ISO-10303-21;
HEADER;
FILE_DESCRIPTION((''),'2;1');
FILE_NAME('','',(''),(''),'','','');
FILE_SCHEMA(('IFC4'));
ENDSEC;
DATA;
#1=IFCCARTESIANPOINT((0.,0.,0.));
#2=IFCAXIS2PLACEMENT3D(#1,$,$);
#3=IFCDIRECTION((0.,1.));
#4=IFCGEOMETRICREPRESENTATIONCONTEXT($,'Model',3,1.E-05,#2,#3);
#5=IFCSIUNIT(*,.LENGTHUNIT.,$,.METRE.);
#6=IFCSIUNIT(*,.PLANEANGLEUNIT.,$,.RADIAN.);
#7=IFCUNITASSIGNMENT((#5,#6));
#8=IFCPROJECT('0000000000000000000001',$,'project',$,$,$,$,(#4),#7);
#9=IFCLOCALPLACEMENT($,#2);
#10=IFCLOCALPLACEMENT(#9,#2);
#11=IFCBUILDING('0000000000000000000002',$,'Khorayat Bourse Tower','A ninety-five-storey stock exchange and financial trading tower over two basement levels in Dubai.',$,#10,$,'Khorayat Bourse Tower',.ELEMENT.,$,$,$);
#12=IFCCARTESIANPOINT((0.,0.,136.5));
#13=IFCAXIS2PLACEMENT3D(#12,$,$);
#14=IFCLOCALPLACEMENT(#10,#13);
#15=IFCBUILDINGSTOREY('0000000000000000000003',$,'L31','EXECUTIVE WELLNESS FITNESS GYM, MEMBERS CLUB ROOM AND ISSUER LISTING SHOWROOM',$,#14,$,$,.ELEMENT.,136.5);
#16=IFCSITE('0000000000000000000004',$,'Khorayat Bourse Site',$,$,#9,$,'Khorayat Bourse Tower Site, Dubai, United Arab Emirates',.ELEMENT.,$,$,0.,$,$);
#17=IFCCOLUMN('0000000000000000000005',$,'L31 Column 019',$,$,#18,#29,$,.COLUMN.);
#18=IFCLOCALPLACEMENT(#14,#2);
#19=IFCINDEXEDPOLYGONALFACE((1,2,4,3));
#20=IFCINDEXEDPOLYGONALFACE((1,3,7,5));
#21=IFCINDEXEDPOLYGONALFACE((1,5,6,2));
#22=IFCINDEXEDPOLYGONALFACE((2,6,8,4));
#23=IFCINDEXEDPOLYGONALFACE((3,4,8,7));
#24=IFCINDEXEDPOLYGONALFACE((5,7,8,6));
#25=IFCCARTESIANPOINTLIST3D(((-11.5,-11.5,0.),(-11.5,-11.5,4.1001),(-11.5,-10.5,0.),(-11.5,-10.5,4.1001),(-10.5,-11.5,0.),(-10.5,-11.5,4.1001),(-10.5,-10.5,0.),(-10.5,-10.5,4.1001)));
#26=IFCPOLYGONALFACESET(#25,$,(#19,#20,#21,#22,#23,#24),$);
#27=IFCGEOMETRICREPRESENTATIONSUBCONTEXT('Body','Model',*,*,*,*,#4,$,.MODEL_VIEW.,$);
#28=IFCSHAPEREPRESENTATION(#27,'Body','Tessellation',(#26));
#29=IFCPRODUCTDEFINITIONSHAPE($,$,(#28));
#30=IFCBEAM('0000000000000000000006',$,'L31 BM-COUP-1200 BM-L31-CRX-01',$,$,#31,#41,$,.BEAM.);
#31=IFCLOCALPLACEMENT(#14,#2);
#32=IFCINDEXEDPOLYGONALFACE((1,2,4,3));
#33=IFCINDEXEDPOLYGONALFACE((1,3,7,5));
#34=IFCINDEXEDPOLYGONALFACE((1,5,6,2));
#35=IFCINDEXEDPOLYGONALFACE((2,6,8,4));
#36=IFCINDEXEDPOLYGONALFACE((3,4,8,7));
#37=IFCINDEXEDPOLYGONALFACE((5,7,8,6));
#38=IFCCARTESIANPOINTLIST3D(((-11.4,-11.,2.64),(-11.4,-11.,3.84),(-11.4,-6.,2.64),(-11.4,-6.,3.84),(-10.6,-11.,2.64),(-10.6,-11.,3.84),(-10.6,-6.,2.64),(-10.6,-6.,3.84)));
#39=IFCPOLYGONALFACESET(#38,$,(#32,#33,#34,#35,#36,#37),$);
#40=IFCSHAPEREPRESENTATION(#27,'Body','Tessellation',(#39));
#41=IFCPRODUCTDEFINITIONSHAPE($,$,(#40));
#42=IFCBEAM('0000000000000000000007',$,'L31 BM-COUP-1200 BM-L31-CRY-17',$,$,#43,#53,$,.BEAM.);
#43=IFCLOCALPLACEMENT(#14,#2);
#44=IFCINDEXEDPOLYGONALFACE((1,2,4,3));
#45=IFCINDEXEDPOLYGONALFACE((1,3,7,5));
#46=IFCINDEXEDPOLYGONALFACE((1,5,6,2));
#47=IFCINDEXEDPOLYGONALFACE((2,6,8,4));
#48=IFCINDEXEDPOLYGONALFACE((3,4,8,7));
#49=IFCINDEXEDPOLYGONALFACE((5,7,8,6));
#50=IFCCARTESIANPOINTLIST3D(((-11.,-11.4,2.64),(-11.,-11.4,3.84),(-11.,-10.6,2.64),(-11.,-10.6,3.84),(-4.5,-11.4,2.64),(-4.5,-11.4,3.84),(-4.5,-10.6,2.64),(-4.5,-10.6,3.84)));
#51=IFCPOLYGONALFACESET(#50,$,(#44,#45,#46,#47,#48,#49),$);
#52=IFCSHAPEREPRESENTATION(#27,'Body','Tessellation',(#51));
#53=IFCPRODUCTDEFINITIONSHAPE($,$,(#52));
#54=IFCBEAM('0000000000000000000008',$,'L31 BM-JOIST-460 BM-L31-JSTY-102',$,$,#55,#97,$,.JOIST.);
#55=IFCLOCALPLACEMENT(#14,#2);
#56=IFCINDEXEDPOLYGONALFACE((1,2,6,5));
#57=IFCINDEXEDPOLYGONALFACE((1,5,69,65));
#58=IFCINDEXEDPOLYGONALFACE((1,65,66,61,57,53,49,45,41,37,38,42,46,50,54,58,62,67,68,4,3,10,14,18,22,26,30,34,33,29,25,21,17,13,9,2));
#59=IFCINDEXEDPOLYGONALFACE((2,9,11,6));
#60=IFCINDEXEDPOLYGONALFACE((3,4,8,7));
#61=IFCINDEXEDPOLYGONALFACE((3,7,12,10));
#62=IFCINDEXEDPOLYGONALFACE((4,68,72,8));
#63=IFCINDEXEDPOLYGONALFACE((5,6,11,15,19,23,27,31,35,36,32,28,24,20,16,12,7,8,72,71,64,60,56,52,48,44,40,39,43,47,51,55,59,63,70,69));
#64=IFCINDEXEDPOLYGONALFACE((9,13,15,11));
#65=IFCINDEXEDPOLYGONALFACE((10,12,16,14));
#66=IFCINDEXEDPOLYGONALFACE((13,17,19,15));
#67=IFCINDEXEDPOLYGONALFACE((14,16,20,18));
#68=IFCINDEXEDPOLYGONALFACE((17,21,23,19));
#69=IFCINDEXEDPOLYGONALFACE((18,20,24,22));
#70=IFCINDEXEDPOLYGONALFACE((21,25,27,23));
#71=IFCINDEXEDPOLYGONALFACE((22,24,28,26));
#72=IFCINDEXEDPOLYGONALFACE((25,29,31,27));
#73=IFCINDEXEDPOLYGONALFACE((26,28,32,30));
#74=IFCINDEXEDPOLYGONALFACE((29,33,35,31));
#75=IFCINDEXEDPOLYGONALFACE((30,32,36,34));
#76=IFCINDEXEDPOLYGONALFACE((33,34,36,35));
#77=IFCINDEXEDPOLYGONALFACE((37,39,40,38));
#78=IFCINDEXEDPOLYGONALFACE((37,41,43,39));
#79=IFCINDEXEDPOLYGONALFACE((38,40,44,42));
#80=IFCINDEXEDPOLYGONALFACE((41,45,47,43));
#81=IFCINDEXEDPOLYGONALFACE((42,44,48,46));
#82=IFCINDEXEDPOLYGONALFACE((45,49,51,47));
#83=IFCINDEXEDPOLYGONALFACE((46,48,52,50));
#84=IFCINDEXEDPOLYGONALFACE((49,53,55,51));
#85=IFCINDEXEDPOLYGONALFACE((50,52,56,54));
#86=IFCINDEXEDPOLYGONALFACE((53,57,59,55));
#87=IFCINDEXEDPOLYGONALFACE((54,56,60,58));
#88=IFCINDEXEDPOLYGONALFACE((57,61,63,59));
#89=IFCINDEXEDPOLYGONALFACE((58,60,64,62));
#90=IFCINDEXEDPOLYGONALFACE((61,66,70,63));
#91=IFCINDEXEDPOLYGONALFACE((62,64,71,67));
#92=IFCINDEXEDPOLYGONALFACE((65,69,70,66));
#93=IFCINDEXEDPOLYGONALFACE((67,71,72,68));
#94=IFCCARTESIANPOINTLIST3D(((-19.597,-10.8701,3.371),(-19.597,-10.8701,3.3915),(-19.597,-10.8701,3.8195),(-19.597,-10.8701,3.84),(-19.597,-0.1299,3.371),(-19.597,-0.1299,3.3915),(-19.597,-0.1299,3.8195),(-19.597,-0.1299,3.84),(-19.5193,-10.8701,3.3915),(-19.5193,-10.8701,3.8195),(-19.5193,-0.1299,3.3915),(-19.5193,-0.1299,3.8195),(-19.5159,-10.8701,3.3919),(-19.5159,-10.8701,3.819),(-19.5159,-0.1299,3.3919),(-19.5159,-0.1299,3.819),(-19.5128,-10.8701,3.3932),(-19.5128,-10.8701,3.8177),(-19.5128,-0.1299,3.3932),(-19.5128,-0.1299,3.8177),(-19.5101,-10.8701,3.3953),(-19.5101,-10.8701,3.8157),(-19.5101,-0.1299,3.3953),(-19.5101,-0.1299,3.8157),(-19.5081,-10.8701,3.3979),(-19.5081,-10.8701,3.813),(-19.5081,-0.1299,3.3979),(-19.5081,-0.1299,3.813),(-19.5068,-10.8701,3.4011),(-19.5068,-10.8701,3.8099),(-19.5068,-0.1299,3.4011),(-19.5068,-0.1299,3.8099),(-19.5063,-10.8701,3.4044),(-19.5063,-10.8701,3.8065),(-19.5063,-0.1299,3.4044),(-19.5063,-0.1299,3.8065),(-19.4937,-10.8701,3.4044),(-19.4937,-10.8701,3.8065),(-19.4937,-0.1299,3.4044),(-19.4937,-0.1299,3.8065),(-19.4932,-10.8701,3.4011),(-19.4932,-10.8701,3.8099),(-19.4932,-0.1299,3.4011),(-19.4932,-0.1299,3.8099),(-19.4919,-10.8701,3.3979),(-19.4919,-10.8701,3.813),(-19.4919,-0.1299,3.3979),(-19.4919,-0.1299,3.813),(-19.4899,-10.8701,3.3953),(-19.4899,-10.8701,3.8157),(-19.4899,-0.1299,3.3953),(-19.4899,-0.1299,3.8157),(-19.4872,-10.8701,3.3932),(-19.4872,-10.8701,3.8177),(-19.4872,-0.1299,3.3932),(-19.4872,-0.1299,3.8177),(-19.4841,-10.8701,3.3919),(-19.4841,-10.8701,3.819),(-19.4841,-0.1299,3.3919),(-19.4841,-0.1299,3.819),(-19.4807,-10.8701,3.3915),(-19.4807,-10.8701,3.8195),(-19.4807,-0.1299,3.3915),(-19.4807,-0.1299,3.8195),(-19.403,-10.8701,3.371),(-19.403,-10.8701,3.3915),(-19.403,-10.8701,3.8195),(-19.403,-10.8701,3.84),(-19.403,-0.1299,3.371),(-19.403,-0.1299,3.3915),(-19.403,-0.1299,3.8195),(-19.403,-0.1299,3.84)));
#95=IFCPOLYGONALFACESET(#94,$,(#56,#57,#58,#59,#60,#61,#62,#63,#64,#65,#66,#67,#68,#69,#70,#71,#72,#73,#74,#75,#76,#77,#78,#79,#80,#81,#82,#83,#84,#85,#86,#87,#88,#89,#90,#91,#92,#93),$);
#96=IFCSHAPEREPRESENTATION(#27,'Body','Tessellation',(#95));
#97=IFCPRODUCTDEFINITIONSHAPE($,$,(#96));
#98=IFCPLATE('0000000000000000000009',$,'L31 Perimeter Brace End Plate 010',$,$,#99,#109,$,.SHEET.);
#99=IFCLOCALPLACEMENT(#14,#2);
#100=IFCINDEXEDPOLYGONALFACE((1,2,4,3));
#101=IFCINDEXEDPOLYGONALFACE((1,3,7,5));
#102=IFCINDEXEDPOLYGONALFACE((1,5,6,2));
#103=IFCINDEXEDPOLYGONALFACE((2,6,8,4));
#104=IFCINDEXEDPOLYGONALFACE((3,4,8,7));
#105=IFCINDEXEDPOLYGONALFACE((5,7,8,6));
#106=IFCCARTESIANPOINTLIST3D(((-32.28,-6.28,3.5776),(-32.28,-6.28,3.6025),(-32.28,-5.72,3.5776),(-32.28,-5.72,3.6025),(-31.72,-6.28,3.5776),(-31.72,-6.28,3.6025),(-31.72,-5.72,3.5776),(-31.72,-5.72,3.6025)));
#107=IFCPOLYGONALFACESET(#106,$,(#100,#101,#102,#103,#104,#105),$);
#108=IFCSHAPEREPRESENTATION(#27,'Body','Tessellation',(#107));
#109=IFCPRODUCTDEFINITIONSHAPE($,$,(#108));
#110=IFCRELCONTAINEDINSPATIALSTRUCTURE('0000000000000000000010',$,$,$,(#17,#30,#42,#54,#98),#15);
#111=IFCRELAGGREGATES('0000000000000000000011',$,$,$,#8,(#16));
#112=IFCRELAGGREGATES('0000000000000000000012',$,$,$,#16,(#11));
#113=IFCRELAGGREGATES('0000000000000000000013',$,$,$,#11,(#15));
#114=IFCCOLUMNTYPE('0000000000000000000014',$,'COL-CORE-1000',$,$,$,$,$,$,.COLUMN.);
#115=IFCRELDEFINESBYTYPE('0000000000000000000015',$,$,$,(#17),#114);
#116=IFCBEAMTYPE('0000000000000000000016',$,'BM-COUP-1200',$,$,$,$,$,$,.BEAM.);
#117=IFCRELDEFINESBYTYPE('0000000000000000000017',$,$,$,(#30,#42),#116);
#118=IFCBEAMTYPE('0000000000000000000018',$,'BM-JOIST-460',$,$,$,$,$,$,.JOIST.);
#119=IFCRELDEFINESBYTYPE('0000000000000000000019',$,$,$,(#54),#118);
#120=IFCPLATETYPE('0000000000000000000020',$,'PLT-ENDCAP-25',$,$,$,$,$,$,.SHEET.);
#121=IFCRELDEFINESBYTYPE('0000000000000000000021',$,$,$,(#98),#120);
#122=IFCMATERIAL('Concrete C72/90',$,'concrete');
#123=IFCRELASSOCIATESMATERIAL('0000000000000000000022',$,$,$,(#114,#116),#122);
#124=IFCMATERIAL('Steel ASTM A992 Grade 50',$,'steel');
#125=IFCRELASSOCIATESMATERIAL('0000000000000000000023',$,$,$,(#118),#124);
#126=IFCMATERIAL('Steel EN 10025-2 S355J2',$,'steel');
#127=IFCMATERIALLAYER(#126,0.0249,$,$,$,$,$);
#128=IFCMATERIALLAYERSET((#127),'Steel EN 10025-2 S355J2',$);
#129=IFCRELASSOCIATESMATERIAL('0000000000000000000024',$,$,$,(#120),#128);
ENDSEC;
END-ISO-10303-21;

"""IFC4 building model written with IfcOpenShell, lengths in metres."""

from ifc_helpers import new_model, si_unit, direction, frame, origin, origin_2d, place, context, subcontext, project, spatial, rectangle, i_section, extrude, source, transform, mapped, material, layer, layer_set, material_profile, profile_set, type_object, element, save


model = new_model("IFC4")

# Units and contexts
model_context = context("Model", 3, precision=1e-05, world=origin(), true_north=direction((0.0, 1.0)))
body_context = subcontext(model_context, "Body", "Model", "MODEL_VIEW")
ifc_project = project(units=[si_unit("LENGTHUNIT", "METRE"), si_unit("PLANEANGLEUNIT", "RADIAN")], contexts=[model_context])

# Site, building, storey
site_placement = place(None, origin())
site = spatial("IfcSite", under=ifc_project, at=site_placement, Name="Khorayat Bourse Site", LongName="Khorayat Bourse Tower Site, Dubai, United Arab Emirates", CompositionType="ELEMENT", RefElevation=0.0)
building_placement = place(site_placement, origin())
building = spatial("IfcBuilding", under=site, at=building_placement, Name="Khorayat Bourse Tower", Description="A ninety-five-storey stock exchange and financial trading tower over two basement levels in Dubai.", LongName="Khorayat Bourse Tower", CompositionType="ELEMENT")
storey_placement = place(building_placement, frame((0.0, 0.0, 136.5)))
storey = spatial("IfcBuildingStorey", under=building, at=storey_placement, Name="L31", Description="EXECUTIVE WELLNESS FITNESS GYM, MEMBERS CLUB ROOM AND ISSUER LISTING SHOWROOM", CompositionType="ELEMENT", Elevation=136.5)

# Column
ifc_material_1 = material(Name="Concrete C72/90", Category="concrete")
ifc_material_profile_1 = material_profile(ifc_material_1, rectangle(XDim=1.0, YDim=1.0, at=origin_2d()), Name="RC 1000x1000")
ifc_profile_set_1 = profile_set([ifc_material_profile_1], Name="Concrete C72/90")
column_type = type_object("IfcColumnType", Name="COL-CORE-1000", PredefinedType="COLUMN", material=ifc_profile_set_1)
shared_shape_1 = source(origin(), body_context, "Body", "SweptSolid", [
    extrude(rectangle(XDim=1.0, YDim=1.0, at=origin_2d()), origin(), (0.0, 0.0, 1.0), 4.1001),
])
column_placement = place(storey_placement, frame((-11.0, -11.0, 0.0), z_axis=(0.0, 0.0, 1.0), x_axis=(1.0, 0.0, 0.0)))
element("IfcColumn", 1, at=column_placement, inside=storey, type_object=column_type, Name="L31 Column 019", PredefinedType="COLUMN", context=body_context, shape_type="MappedRepresentation", body=[
    mapped(shared_shape_1, transform((0.0, 0.0, 0.0), scale=1.0)),
])

# Beams
ifc_material_profile_2 = material_profile(ifc_material_1, rectangle(XDim=0.8, YDim=1.2, at=origin_2d()), Name="RC 800x1200")
ifc_profile_set_2 = profile_set([ifc_material_profile_2], Name="Concrete C72/90")
beam_type_1 = type_object("IfcBeamType", Name="BM-COUP-1200", PredefinedType="BEAM", material=ifc_profile_set_2)
shared_shape_2 = source(origin(), body_context, "Body", "SweptSolid", [
    extrude(rectangle(XDim=0.8, YDim=1.2, at=origin_2d()), origin(), (0.0, 0.0, 1.0), 5.0),
])
beam_1_placement = place(storey_placement, frame((-11.0, -11.0, 3.24), z_axis=(0.0, 1.0, 0.0), x_axis=(-1.0, 0.0, 0.0)))
element("IfcBeam", 2, at=beam_1_placement, inside=storey, type_object=beam_type_1, Name="L31 BM-COUP-1200 BM-L31-CRX-01", PredefinedType="BEAM", context=body_context, shape_type="MappedRepresentation", body=[
    mapped(shared_shape_2, transform((0.0, 0.0, 0.0), scale=1.0)),
])
shared_shape_3 = source(origin(), body_context, "Body", "SweptSolid", [
    extrude(rectangle(XDim=0.8, YDim=1.2, at=origin_2d()), origin(), (0.0, 0.0, 1.0), 6.5),
])
beam_2_placement = place(storey_placement, frame((-11.0, -11.0, 3.24), z_axis=(1.0, 0.0, 0.0), x_axis=(0.0, 1.0, 0.0)))
element("IfcBeam", 3, at=beam_2_placement, inside=storey, type_object=beam_type_1, Name="L31 BM-COUP-1200 BM-L31-CRY-17", PredefinedType="BEAM", context=body_context, shape_type="MappedRepresentation", body=[
    mapped(shared_shape_3, transform((0.0, 0.0, 0.0), scale=1.0)),
])
ifc_material_2 = material(Name="Steel ASTM A992 Grade 50", Category="steel")
ifc_material_profile_3 = material_profile(ifc_material_2, i_section(OverallWidth=0.1941, OverallDepth=0.469, WebThickness=0.0127, FlangeThickness=0.0205, FilletRadius=0.0129, at=origin_2d()), Name="W460X106")
ifc_profile_set_3 = profile_set([ifc_material_profile_3], Name="Steel ASTM A992 Grade 50")
beam_type_2 = type_object("IfcBeamType", Name="BM-JOIST-460", PredefinedType="JOIST", material=ifc_profile_set_3)
shared_shape_4 = source(origin(), body_context, "Body", "SweptSolid", [
    extrude(i_section(OverallWidth=0.1941, OverallDepth=0.469, WebThickness=0.0127, FlangeThickness=0.0205, FilletRadius=0.0129, at=origin_2d()), origin(), (0.0, 0.0, 1.0), 10.7402),
])
beam_3_placement = place(storey_placement, frame((-19.5, -10.8701, 3.6055), z_axis=(0.0, 1.0, 0.0), x_axis=(-1.0, 0.0, 0.0)))
element("IfcBeam", 4, at=beam_3_placement, inside=storey, type_object=beam_type_2, Name="L31 BM-JOIST-460 BM-L31-JSTY-102", PredefinedType="JOIST", context=body_context, shape_type="MappedRepresentation", body=[
    mapped(shared_shape_4, transform((0.0, 0.0, 0.0), scale=1.0)),
])

# Plate
ifc_material_3 = material(Name="Steel EN 10025-2 S355J2", Category="steel")
ifc_layer_1 = layer(ifc_material_3, 0.0249)
ifc_layer_set_1 = layer_set([ifc_layer_1], Name="Steel EN 10025-2 S355J2")
plate_type = type_object("IfcPlateType", Name="PLT-ENDCAP-25", PredefinedType="SHEET", material=ifc_layer_set_1)
shared_shape_5 = source(origin(), body_context, "Body", "SweptSolid", [
    extrude(rectangle(XDim=0.5601, YDim=0.5601, at=origin_2d()), origin(), (0.0, 0.0, 1.0), 0.0249),
])
plate_placement = place(storey_placement, frame((-32.0, -6.0, 3.5776), z_axis=(0.0, 0.0, 1.0), x_axis=(1.0, 0.0, 0.0)))
element("IfcPlate", 5, at=plate_placement, inside=storey, type_object=plate_type, Name="L31 Perimeter Brace End Plate 010", PredefinedType="SHEET", context=body_context, shape_type="MappedRepresentation", body=[
    mapped(shared_shape_5, transform((0.0, 0.0, 0.0), scale=1.0)),
])

save(model, "model.ifc")
